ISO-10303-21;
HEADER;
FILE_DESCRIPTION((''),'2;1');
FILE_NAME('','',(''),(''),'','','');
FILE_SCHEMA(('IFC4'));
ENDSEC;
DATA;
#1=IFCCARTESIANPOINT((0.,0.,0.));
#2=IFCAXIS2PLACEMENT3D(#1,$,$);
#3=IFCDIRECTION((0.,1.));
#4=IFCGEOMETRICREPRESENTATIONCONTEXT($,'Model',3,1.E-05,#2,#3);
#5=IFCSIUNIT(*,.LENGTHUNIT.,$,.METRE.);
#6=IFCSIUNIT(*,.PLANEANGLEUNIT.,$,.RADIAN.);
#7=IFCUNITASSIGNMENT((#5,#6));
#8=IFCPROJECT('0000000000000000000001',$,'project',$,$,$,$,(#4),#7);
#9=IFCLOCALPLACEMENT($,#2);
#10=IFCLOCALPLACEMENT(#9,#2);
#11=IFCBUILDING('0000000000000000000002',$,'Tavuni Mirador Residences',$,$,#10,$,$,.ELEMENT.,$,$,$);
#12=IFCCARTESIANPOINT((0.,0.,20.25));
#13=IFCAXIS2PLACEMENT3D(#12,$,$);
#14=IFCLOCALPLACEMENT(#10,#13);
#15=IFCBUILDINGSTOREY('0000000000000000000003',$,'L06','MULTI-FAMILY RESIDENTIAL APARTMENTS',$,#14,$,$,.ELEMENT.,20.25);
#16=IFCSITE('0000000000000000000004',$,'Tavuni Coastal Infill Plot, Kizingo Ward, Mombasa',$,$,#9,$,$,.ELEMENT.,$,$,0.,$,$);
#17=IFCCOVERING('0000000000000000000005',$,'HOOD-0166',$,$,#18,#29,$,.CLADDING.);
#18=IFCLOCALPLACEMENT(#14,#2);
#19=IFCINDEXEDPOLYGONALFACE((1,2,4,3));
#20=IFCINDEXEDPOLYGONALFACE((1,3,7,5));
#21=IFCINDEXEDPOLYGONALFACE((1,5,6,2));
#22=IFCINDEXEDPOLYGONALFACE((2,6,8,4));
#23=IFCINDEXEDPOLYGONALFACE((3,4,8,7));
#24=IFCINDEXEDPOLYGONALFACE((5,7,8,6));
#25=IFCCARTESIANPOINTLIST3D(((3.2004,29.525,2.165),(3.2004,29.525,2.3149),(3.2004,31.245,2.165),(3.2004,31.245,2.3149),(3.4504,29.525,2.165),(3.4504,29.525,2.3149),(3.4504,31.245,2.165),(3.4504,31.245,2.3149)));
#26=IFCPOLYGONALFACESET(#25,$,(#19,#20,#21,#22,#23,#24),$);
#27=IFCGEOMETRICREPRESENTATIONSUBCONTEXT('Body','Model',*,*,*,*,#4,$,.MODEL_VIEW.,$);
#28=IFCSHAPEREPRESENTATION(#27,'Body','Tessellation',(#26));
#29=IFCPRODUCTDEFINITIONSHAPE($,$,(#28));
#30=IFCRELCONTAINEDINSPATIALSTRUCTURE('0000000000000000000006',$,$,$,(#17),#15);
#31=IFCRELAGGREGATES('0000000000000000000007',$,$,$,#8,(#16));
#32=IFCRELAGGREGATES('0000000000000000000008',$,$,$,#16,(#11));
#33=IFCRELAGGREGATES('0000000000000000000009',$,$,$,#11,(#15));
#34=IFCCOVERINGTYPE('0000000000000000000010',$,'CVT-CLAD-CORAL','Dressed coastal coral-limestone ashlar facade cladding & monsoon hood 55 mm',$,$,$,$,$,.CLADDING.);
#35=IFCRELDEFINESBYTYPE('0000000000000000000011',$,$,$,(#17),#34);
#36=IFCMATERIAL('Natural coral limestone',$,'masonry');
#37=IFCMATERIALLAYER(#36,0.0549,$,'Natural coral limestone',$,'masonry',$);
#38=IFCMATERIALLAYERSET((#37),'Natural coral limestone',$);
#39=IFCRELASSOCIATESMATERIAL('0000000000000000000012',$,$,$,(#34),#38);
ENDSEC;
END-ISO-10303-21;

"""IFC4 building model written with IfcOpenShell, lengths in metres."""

from ifc_helpers import new_model, si_unit, direction, frame, origin, origin_2d, place, context, subcontext, project, spatial, rectangle, extrude, material, layer, layer_set, type_object, element, save


model = new_model("IFC4")

# Units and contexts
model_context = context("Model", 3, precision=1e-05, world=origin(), true_north=direction((0.0, 1.0)))
body_context = subcontext(model_context, "Body", "Model", "MODEL_VIEW")
ifc_project = project(units=[si_unit("LENGTHUNIT", "METRE"), si_unit("PLANEANGLEUNIT", "RADIAN")], contexts=[model_context])

# Site, building, storey
site_placement = place(None, origin())
site = spatial("IfcSite", under=ifc_project, at=site_placement, Name="Tavuni Coastal Infill Plot, Kizingo Ward, Mombasa", CompositionType="ELEMENT", RefElevation=0.0)
building_placement = place(site_placement, origin())
building = spatial("IfcBuilding", under=site, at=building_placement, Name="Tavuni Mirador Residences", CompositionType="ELEMENT")
storey_placement = place(building_placement, frame((0.0, 0.0, 20.25)))
storey = spatial("IfcBuildingStorey", under=building, at=storey_placement, Name="L06", Description="MULTI-FAMILY RESIDENTIAL APARTMENTS", CompositionType="ELEMENT", Elevation=20.25)

# Covering
ifc_material_1 = material(Name="Natural coral limestone", Category="masonry")
ifc_layer_1 = layer(ifc_material_1, 0.0549, Name="Natural coral limestone", Category="masonry")
ifc_layer_set_1 = layer_set([ifc_layer_1], Name="Natural coral limestone")
covering_type = type_object("IfcCoveringType", Name="CVT-CLAD-CORAL", Description="Dressed coastal coral-limestone ashlar facade cladding & monsoon hood 55 mm", PredefinedType="CLADDING", material=ifc_layer_set_1)
covering_placement = place(storey_placement, frame((3.3254, 30.385, 2.165), z_axis=(0.0, 0.0, 1.0), x_axis=(0.0, -1.0, 0.0)))
element("IfcCovering", 1, at=covering_placement, inside=storey, type_object=covering_type, Name="HOOD-0166", PredefinedType="CLADDING", context=body_context, shape_type="SweptSolid", body=[
    extrude(rectangle(XDim=1.72, YDim=0.25, at=origin_2d()), origin(), (0.0, 0.0, 1.0), 0.1499),
])

save(model, "model.ifc")
